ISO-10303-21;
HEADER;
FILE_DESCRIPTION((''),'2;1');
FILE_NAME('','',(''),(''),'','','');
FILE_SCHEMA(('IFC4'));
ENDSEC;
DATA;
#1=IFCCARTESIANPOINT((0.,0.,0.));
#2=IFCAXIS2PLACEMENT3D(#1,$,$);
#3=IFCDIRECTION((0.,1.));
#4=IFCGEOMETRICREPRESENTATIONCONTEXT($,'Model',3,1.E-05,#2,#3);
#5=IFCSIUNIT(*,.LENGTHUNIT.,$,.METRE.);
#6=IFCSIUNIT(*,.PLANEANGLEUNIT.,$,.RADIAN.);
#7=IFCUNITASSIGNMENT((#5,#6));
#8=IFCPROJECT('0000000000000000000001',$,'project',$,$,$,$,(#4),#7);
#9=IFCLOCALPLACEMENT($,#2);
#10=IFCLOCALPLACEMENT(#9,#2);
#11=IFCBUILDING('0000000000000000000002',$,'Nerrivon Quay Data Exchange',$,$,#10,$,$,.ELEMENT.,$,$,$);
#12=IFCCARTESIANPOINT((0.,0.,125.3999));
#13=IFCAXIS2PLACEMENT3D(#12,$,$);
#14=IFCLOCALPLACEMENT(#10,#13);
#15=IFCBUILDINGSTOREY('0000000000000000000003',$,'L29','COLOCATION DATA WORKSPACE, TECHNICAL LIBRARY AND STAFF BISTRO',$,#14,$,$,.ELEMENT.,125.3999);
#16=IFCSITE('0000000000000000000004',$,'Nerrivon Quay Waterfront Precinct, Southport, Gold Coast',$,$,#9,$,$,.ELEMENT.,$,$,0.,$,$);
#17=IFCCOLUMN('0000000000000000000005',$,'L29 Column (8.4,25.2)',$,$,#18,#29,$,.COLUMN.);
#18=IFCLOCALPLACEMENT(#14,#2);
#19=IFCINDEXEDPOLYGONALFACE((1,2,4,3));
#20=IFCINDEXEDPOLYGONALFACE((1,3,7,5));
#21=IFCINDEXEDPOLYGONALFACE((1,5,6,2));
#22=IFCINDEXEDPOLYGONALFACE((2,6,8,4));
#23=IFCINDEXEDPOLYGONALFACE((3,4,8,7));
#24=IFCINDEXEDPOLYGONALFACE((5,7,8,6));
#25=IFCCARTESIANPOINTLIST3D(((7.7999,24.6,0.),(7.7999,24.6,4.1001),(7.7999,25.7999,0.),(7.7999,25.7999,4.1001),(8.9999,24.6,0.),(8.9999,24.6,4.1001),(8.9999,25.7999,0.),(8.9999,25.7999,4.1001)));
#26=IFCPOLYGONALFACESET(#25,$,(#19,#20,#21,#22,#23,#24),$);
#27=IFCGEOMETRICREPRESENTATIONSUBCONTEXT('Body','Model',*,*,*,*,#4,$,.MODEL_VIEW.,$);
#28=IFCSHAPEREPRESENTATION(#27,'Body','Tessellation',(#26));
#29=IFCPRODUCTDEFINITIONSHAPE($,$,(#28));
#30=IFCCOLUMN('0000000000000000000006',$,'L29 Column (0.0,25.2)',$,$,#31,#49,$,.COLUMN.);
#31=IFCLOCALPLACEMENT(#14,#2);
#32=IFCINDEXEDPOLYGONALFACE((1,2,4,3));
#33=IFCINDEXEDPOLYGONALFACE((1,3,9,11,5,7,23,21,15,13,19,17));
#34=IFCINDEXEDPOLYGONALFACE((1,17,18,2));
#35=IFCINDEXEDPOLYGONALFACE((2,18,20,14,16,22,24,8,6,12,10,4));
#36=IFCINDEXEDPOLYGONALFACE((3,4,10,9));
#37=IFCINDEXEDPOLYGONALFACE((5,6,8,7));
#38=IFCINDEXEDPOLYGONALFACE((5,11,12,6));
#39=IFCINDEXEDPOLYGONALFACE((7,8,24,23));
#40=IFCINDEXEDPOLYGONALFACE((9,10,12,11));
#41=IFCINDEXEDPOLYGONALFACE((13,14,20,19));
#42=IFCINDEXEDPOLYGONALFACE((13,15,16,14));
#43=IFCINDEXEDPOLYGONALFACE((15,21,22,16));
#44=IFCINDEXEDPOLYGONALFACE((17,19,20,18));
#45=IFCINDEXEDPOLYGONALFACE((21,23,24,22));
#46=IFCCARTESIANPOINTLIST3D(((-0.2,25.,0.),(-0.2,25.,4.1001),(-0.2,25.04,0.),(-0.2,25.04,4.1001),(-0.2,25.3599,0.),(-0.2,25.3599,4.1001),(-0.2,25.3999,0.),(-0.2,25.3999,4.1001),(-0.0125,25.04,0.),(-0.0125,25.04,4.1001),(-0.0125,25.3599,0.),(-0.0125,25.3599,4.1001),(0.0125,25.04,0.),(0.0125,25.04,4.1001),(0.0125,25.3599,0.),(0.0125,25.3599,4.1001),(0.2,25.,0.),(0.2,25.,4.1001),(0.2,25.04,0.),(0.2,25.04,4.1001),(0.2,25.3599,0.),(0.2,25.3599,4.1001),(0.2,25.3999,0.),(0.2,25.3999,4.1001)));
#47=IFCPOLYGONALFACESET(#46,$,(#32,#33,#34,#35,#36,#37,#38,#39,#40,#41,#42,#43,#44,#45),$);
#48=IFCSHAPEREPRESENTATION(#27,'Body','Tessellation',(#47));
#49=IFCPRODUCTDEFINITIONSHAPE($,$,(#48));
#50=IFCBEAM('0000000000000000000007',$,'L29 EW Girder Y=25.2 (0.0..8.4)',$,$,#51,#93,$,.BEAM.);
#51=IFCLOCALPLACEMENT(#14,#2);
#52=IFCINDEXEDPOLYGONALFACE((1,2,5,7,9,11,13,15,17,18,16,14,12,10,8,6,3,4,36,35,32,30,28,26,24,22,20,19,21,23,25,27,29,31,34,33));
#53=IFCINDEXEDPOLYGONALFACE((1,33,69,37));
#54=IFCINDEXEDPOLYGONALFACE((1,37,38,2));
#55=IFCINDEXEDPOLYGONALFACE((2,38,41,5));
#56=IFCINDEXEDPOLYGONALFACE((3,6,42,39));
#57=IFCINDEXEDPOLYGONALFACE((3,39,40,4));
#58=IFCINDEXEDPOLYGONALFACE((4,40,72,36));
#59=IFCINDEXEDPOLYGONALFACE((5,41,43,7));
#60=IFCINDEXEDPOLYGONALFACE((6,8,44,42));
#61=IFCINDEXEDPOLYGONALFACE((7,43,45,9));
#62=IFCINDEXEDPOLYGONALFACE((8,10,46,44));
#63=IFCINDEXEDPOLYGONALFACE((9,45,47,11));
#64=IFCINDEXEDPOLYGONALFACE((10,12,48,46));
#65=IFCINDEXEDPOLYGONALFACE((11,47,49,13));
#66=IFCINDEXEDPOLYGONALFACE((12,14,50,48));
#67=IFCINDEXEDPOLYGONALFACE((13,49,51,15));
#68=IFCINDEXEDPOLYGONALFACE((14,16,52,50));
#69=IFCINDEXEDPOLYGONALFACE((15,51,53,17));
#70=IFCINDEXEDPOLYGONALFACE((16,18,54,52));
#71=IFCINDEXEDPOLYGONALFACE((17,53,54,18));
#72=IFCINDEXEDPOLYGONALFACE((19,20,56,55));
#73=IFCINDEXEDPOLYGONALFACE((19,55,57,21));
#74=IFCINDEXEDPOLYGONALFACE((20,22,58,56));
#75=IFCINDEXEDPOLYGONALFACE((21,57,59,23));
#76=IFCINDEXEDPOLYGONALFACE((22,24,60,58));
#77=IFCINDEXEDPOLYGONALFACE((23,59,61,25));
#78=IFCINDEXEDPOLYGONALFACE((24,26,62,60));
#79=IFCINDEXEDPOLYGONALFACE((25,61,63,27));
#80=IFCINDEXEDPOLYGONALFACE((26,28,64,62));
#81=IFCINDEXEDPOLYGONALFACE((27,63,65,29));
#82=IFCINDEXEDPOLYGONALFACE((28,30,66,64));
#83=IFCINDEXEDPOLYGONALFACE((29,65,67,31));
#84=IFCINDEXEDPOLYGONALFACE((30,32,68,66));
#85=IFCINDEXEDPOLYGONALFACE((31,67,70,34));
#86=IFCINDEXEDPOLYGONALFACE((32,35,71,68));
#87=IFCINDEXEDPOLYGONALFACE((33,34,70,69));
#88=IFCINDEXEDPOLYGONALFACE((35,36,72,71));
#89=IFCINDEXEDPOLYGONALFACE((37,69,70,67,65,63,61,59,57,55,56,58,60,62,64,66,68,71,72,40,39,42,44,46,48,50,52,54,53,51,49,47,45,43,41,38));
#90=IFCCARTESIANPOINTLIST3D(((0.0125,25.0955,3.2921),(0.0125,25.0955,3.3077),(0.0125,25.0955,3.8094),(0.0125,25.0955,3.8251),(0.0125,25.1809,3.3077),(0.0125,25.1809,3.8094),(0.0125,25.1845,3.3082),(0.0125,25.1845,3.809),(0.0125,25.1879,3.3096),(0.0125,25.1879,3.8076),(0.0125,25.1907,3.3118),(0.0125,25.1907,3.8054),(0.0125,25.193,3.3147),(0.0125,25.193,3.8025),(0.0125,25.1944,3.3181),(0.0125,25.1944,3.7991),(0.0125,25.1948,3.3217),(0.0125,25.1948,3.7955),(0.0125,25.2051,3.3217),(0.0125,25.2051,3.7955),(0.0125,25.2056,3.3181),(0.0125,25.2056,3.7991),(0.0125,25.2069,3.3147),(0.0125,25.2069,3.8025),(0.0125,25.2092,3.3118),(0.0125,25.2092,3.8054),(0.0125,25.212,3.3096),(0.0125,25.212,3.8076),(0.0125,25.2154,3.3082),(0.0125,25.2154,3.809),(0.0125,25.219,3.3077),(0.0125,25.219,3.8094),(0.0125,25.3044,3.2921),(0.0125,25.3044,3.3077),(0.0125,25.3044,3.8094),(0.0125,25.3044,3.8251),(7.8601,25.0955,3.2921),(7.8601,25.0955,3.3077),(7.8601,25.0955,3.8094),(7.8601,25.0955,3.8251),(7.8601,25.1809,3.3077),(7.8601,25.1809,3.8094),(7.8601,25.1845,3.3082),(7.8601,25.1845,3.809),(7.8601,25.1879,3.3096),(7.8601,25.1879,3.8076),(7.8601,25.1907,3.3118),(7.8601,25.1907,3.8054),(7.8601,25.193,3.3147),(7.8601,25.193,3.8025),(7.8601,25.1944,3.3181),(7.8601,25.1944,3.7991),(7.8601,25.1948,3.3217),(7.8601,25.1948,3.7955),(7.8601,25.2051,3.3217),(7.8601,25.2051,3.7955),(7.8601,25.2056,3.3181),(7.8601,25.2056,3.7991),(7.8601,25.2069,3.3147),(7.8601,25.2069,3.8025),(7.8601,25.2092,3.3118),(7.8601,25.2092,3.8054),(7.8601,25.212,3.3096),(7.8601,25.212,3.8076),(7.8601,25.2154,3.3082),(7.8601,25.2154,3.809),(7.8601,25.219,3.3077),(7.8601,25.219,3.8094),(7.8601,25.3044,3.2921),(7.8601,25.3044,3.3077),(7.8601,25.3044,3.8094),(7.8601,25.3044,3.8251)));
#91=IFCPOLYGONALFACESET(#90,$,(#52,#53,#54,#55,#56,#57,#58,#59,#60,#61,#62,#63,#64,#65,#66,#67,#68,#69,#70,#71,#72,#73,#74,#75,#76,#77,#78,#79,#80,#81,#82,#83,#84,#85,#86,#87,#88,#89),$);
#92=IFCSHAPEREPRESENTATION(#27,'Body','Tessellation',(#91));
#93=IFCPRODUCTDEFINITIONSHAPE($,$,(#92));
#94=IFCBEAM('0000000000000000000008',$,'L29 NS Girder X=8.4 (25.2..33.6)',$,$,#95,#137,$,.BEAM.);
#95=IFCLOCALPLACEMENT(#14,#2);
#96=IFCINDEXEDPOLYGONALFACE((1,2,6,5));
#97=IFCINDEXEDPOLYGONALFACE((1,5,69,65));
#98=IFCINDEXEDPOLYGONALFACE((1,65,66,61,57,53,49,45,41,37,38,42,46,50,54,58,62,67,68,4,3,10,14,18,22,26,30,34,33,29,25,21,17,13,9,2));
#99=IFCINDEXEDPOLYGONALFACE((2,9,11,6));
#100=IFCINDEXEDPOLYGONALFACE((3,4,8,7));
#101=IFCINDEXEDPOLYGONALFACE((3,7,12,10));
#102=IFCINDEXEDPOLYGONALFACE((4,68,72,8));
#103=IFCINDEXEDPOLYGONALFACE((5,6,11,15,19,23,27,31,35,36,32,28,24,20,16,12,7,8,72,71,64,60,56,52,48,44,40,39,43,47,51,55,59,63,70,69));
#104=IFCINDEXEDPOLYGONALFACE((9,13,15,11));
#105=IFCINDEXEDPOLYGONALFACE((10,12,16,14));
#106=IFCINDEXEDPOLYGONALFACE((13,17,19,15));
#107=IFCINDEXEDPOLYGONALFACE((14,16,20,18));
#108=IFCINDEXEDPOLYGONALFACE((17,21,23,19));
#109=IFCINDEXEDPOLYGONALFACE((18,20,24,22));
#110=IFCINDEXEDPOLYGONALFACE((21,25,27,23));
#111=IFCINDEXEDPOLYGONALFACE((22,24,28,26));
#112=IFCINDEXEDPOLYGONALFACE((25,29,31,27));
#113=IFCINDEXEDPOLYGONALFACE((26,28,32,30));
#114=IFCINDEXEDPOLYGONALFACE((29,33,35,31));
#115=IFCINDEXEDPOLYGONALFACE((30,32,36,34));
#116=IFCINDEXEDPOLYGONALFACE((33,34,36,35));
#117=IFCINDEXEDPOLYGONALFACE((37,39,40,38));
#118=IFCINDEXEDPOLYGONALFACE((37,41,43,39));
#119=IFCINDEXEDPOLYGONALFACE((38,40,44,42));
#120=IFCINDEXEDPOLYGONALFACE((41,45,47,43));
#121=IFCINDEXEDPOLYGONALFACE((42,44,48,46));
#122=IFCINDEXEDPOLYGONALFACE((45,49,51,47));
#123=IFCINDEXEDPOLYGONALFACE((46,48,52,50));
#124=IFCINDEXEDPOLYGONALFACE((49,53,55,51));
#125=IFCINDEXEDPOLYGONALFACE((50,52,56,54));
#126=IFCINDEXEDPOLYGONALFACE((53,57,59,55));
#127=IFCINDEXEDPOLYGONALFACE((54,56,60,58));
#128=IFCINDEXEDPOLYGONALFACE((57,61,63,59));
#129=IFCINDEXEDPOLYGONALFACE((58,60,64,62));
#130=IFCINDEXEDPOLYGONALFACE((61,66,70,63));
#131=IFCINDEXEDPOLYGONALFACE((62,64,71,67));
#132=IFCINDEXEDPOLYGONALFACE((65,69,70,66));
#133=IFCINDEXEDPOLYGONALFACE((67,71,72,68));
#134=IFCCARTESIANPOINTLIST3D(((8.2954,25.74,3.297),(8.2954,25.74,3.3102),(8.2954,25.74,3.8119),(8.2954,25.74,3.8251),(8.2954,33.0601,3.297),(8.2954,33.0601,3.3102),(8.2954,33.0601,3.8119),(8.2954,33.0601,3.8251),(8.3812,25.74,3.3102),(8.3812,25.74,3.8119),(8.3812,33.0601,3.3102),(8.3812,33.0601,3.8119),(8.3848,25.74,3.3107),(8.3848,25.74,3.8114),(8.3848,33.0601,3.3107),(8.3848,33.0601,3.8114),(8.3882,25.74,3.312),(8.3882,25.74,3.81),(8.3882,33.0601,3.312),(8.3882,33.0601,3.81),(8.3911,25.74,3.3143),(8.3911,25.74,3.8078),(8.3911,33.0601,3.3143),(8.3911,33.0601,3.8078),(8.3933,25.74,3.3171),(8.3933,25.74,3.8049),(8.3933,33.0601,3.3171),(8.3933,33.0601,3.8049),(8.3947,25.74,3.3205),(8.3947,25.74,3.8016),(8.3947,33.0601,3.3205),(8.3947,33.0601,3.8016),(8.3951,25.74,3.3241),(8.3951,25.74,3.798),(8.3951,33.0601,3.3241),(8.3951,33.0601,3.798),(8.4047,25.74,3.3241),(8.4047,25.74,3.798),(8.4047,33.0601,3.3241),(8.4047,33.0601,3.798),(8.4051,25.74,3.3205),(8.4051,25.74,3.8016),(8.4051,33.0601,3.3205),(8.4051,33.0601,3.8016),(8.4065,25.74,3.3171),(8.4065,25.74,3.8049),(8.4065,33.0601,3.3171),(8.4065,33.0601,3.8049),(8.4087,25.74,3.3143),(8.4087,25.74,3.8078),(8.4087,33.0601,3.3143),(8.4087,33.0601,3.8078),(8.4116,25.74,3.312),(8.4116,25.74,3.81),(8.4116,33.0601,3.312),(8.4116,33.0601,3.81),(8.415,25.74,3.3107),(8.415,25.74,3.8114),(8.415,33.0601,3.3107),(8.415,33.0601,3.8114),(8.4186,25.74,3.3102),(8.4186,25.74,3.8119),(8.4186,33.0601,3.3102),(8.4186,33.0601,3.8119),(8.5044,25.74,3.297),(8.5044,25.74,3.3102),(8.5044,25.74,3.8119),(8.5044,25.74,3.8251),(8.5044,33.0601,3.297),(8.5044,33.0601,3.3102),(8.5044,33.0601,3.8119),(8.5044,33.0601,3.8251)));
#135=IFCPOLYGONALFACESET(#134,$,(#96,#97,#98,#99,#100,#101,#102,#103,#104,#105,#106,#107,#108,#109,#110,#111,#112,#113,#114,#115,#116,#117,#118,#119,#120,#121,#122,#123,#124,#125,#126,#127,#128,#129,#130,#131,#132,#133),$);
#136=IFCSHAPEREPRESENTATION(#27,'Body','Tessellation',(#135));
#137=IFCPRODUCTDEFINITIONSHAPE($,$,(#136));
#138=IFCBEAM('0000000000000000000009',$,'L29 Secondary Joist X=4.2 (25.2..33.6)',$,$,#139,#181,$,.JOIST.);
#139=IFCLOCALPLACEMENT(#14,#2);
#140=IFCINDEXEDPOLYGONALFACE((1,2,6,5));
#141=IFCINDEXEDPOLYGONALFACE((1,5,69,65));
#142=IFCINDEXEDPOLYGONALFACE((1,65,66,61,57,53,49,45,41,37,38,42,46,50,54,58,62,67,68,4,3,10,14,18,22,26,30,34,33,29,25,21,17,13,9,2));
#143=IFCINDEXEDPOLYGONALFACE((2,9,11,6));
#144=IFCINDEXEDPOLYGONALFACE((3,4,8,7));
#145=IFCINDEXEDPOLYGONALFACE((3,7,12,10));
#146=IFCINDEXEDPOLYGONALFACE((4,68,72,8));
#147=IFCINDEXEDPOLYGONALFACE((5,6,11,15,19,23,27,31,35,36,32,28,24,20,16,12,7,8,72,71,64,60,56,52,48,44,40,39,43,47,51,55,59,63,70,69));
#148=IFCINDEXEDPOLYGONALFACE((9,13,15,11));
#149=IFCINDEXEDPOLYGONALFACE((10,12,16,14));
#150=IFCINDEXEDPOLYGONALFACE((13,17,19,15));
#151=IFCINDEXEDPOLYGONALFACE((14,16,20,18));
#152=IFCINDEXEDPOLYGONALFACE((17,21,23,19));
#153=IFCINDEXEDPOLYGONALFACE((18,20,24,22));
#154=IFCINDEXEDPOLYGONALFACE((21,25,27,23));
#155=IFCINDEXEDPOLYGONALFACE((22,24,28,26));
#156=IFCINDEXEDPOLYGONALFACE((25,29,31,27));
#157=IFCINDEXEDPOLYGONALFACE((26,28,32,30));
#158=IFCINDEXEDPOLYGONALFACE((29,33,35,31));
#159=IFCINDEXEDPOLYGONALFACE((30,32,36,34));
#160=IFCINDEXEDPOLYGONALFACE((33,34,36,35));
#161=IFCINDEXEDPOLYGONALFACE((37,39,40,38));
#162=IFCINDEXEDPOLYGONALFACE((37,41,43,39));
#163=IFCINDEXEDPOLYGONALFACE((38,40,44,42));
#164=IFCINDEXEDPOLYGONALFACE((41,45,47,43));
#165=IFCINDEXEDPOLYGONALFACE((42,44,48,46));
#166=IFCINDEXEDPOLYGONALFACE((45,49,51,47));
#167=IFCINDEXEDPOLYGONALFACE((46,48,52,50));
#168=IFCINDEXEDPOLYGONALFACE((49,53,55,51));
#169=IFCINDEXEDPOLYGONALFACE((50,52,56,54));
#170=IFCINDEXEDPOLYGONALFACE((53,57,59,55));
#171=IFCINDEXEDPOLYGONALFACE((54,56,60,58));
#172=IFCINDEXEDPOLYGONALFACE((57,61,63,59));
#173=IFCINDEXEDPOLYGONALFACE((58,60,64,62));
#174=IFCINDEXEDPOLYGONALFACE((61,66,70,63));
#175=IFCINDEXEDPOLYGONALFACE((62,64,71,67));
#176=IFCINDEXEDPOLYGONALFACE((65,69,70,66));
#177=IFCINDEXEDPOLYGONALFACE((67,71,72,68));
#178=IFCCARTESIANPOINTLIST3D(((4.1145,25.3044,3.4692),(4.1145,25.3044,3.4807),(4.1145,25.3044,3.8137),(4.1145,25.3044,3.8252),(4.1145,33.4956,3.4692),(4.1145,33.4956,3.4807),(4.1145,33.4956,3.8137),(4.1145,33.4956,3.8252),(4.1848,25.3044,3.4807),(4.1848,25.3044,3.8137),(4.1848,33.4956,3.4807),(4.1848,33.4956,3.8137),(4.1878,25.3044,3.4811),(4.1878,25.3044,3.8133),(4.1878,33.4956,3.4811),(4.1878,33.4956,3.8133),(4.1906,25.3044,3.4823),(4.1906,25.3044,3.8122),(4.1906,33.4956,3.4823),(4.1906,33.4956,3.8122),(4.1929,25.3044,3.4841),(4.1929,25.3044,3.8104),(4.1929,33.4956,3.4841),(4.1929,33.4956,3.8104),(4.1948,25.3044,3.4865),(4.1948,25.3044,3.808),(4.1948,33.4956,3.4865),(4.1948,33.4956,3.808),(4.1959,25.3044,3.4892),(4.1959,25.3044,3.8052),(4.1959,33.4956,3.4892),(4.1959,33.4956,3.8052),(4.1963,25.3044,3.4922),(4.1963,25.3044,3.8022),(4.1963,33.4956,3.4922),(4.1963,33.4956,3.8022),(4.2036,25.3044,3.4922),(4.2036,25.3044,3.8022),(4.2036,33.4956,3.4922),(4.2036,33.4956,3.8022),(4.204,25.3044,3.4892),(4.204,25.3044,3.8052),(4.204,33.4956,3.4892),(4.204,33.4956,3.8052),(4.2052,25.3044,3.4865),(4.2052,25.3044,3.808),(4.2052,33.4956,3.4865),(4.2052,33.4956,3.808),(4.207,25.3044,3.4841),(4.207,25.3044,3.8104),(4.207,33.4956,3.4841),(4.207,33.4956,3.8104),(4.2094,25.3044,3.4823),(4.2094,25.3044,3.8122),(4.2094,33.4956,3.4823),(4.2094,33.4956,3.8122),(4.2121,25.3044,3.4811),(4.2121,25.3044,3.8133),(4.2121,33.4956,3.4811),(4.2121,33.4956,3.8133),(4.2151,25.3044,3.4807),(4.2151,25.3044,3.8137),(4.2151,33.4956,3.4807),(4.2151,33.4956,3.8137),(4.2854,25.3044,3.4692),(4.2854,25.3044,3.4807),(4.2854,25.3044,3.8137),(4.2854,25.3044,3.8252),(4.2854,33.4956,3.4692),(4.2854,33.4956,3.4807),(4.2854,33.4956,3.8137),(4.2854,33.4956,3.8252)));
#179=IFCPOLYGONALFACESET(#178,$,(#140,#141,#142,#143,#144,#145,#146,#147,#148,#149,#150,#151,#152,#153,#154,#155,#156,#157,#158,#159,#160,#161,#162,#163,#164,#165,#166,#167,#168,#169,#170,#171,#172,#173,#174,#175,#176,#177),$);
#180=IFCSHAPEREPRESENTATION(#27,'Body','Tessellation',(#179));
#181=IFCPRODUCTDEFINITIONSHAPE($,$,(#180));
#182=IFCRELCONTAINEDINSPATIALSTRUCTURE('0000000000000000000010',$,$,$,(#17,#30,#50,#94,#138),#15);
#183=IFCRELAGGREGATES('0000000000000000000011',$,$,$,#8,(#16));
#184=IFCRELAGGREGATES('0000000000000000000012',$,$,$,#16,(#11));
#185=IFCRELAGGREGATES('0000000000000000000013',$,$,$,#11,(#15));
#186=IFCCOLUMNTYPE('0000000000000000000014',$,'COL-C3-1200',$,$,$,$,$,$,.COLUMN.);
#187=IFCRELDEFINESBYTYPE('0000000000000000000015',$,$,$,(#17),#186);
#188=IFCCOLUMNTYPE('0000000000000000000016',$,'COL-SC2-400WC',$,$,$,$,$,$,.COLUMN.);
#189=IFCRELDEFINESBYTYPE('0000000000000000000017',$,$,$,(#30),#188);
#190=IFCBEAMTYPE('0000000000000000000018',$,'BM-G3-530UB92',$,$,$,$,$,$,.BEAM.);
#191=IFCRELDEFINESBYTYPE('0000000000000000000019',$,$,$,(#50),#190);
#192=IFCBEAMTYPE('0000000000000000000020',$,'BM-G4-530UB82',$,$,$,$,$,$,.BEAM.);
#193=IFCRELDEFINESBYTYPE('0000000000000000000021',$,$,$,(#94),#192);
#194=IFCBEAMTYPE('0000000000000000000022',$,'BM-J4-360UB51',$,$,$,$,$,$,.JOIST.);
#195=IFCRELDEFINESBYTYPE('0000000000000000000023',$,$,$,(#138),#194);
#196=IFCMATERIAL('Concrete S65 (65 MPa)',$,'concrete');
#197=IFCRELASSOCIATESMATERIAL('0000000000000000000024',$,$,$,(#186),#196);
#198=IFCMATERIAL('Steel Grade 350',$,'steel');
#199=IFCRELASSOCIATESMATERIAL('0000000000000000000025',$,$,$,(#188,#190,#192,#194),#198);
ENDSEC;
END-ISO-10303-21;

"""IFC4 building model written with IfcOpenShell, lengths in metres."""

from ifc_helpers import new_model, si_unit, direction, frame, origin, origin_2d, place, context, subcontext, project, spatial, rectangle, i_section, extrude, material, material_profile, profile_set, type_object, element, save


model = new_model("IFC4")

# Units and contexts
model_context = context("Model", 3, precision=1e-05, world=origin(), true_north=direction((0.0, 1.0)))
body_context = subcontext(model_context, "Body", "Model", "MODEL_VIEW")
ifc_project = project(units=[si_unit("LENGTHUNIT", "METRE"), si_unit("PLANEANGLEUNIT", "RADIAN")], contexts=[model_context])

# Site, building, storey
site_placement = place(None, origin())
site = spatial("IfcSite", under=ifc_project, at=site_placement, Name="Nerrivon Quay Waterfront Precinct, Southport, Gold Coast", CompositionType="ELEMENT", RefElevation=0.0)
building_placement = place(site_placement, origin())
building = spatial("IfcBuilding", under=site, at=building_placement, Name="Nerrivon Quay Data Exchange", CompositionType="ELEMENT")
storey_placement = place(building_placement, frame((0.0, 0.0, 125.3999)))
storey = spatial("IfcBuildingStorey", under=building, at=storey_placement, Name="L29", Description="COLOCATION DATA WORKSPACE, TECHNICAL LIBRARY AND STAFF BISTRO", CompositionType="ELEMENT", Elevation=125.3999)

# Columns
ifc_material_1 = material(Name="Concrete S65 (65 MPa)", Category="concrete")
ifc_material_profile_1 = material_profile(ifc_material_1, rectangle(XDim=1.2, YDim=1.2, at=origin_2d()), Name="RC-COL-1200x1200")
ifc_profile_set_1 = profile_set([ifc_material_profile_1], Name="Concrete S65 (65 MPa)")
column_type_1 = type_object("IfcColumnType", Name="COL-C3-1200", PredefinedType="COLUMN", material=ifc_profile_set_1)
column_1_placement = place(storey_placement, frame((8.3999, 25.2, 0.0), z_axis=(0.0, 0.0, 1.0), x_axis=(1.0, 0.0, 0.0)))
element("IfcColumn", 1, at=column_1_placement, inside=storey, type_object=column_type_1, Name="L29 Column (8.4,25.2)", PredefinedType="COLUMN", context=body_context, shape_type="SweptSolid", body=[
    extrude(rectangle(XDim=1.2, YDim=1.2, at=origin_2d()), origin(), (0.0, 0.0, 1.0), 4.1001),
])
ifc_material_2 = material(Name="Steel Grade 350", Category="steel")
ifc_material_profile_2 = material_profile(ifc_material_2, i_section(OverallWidth=0.3999, OverallDepth=0.3999, WebThickness=0.0249, FlangeThickness=0.04, at=origin_2d()), Name="400WC328")
ifc_profile_set_2 = profile_set([ifc_material_profile_2], Name="Steel Grade 350")
column_type_2 = type_object("IfcColumnType", Name="COL-SC2-400WC", PredefinedType="COLUMN", material=ifc_profile_set_2)
column_2_placement = place(storey_placement, frame((0.0, 25.2, 0.0), z_axis=(0.0, 0.0, 1.0), x_axis=(1.0, 0.0, 0.0)))
element("IfcColumn", 2, at=column_2_placement, inside=storey, type_object=column_type_2, Name="L29 Column (0.0,25.2)", PredefinedType="COLUMN", context=body_context, shape_type="SweptSolid", body=[
    extrude(i_section(OverallWidth=0.3999, OverallDepth=0.3999, WebThickness=0.0249, FlangeThickness=0.04, at=origin_2d()), origin(), (0.0, 0.0, 1.0), 4.1001),
])

# Beams
ifc_material_profile_3 = material_profile(ifc_material_2, i_section(OverallWidth=0.209, OverallDepth=0.533, WebThickness=0.0103, FlangeThickness=0.0156, FilletRadius=0.0139, at=origin_2d()), Name="530UB92.4")
ifc_profile_set_3 = profile_set([ifc_material_profile_3], Name="Steel Grade 350")
beam_type_1 = type_object("IfcBeamType", Name="BM-G3-530UB92", PredefinedType="BEAM", material=ifc_profile_set_3)
beam_1_placement = place(storey_placement, frame((0.0125, 25.2, 3.5586), z_axis=(1.0, 0.0, 0.0), x_axis=(0.0, 1.0, 0.0)))
element("IfcBeam", 3, at=beam_1_placement, inside=storey, type_object=beam_type_1, Name="L29 EW Girder Y=25.2 (0.0..8.4)", PredefinedType="BEAM", context=body_context, shape_type="SweptSolid", body=[
    extrude(i_section(OverallWidth=0.209, OverallDepth=0.533, WebThickness=0.0103, FlangeThickness=0.0156, FilletRadius=0.0139, at=origin_2d()), origin(), (0.0, 0.0, 1.0), 7.8477),
])
ifc_material_profile_4 = material_profile(ifc_material_2, i_section(OverallWidth=0.209, OverallDepth=0.5281, WebThickness=0.0095, FlangeThickness=0.0132, FilletRadius=0.0139, at=origin_2d()), Name="530UB82.0")
ifc_profile_set_4 = profile_set([ifc_material_profile_4], Name="Steel Grade 350")
beam_type_2 = type_object("IfcBeamType", Name="BM-G4-530UB82", PredefinedType="BEAM", material=ifc_profile_set_4)
beam_2_placement = place(storey_placement, frame((8.3999, 25.74, 3.561), z_axis=(0.0, 1.0, 0.0), x_axis=(-1.0, 0.0, 0.0)))
element("IfcBeam", 4, at=beam_2_placement, inside=storey, type_object=beam_type_2, Name="L29 NS Girder X=8.4 (25.2..33.6)", PredefinedType="BEAM", context=body_context, shape_type="SweptSolid", body=[
    extrude(i_section(OverallWidth=0.209, OverallDepth=0.5281, WebThickness=0.0095, FlangeThickness=0.0132, FilletRadius=0.0139, at=origin_2d()), origin(), (0.0, 0.0, 1.0), 7.3201),
])
ifc_material_profile_5 = material_profile(ifc_material_2, i_section(OverallWidth=0.1709, OverallDepth=0.356, WebThickness=0.0073, FlangeThickness=0.0115, FilletRadius=0.0115, at=origin_2d()), Name="360UB50.7")
ifc_profile_set_5 = profile_set([ifc_material_profile_5], Name="Steel Grade 350")
beam_type_3 = type_object("IfcBeamType", Name="BM-J4-360UB51", PredefinedType="JOIST", material=ifc_profile_set_5)
beam_3_placement = place(storey_placement, frame((4.2, 25.3044, 3.6472), z_axis=(0.0, 1.0, 0.0), x_axis=(-1.0, 0.0, 0.0)))
element("IfcBeam", 5, at=beam_3_placement, inside=storey, type_object=beam_type_3, Name="L29 Secondary Joist X=4.2 (25.2..33.6)", PredefinedType="JOIST", context=body_context, shape_type="SweptSolid", body=[
    extrude(i_section(OverallWidth=0.1709, OverallDepth=0.356, WebThickness=0.0073, FlangeThickness=0.0115, FilletRadius=0.0115, at=origin_2d()), origin(), (0.0, 0.0, 1.0), 8.1912),
])

save(model, "model.ifc")
